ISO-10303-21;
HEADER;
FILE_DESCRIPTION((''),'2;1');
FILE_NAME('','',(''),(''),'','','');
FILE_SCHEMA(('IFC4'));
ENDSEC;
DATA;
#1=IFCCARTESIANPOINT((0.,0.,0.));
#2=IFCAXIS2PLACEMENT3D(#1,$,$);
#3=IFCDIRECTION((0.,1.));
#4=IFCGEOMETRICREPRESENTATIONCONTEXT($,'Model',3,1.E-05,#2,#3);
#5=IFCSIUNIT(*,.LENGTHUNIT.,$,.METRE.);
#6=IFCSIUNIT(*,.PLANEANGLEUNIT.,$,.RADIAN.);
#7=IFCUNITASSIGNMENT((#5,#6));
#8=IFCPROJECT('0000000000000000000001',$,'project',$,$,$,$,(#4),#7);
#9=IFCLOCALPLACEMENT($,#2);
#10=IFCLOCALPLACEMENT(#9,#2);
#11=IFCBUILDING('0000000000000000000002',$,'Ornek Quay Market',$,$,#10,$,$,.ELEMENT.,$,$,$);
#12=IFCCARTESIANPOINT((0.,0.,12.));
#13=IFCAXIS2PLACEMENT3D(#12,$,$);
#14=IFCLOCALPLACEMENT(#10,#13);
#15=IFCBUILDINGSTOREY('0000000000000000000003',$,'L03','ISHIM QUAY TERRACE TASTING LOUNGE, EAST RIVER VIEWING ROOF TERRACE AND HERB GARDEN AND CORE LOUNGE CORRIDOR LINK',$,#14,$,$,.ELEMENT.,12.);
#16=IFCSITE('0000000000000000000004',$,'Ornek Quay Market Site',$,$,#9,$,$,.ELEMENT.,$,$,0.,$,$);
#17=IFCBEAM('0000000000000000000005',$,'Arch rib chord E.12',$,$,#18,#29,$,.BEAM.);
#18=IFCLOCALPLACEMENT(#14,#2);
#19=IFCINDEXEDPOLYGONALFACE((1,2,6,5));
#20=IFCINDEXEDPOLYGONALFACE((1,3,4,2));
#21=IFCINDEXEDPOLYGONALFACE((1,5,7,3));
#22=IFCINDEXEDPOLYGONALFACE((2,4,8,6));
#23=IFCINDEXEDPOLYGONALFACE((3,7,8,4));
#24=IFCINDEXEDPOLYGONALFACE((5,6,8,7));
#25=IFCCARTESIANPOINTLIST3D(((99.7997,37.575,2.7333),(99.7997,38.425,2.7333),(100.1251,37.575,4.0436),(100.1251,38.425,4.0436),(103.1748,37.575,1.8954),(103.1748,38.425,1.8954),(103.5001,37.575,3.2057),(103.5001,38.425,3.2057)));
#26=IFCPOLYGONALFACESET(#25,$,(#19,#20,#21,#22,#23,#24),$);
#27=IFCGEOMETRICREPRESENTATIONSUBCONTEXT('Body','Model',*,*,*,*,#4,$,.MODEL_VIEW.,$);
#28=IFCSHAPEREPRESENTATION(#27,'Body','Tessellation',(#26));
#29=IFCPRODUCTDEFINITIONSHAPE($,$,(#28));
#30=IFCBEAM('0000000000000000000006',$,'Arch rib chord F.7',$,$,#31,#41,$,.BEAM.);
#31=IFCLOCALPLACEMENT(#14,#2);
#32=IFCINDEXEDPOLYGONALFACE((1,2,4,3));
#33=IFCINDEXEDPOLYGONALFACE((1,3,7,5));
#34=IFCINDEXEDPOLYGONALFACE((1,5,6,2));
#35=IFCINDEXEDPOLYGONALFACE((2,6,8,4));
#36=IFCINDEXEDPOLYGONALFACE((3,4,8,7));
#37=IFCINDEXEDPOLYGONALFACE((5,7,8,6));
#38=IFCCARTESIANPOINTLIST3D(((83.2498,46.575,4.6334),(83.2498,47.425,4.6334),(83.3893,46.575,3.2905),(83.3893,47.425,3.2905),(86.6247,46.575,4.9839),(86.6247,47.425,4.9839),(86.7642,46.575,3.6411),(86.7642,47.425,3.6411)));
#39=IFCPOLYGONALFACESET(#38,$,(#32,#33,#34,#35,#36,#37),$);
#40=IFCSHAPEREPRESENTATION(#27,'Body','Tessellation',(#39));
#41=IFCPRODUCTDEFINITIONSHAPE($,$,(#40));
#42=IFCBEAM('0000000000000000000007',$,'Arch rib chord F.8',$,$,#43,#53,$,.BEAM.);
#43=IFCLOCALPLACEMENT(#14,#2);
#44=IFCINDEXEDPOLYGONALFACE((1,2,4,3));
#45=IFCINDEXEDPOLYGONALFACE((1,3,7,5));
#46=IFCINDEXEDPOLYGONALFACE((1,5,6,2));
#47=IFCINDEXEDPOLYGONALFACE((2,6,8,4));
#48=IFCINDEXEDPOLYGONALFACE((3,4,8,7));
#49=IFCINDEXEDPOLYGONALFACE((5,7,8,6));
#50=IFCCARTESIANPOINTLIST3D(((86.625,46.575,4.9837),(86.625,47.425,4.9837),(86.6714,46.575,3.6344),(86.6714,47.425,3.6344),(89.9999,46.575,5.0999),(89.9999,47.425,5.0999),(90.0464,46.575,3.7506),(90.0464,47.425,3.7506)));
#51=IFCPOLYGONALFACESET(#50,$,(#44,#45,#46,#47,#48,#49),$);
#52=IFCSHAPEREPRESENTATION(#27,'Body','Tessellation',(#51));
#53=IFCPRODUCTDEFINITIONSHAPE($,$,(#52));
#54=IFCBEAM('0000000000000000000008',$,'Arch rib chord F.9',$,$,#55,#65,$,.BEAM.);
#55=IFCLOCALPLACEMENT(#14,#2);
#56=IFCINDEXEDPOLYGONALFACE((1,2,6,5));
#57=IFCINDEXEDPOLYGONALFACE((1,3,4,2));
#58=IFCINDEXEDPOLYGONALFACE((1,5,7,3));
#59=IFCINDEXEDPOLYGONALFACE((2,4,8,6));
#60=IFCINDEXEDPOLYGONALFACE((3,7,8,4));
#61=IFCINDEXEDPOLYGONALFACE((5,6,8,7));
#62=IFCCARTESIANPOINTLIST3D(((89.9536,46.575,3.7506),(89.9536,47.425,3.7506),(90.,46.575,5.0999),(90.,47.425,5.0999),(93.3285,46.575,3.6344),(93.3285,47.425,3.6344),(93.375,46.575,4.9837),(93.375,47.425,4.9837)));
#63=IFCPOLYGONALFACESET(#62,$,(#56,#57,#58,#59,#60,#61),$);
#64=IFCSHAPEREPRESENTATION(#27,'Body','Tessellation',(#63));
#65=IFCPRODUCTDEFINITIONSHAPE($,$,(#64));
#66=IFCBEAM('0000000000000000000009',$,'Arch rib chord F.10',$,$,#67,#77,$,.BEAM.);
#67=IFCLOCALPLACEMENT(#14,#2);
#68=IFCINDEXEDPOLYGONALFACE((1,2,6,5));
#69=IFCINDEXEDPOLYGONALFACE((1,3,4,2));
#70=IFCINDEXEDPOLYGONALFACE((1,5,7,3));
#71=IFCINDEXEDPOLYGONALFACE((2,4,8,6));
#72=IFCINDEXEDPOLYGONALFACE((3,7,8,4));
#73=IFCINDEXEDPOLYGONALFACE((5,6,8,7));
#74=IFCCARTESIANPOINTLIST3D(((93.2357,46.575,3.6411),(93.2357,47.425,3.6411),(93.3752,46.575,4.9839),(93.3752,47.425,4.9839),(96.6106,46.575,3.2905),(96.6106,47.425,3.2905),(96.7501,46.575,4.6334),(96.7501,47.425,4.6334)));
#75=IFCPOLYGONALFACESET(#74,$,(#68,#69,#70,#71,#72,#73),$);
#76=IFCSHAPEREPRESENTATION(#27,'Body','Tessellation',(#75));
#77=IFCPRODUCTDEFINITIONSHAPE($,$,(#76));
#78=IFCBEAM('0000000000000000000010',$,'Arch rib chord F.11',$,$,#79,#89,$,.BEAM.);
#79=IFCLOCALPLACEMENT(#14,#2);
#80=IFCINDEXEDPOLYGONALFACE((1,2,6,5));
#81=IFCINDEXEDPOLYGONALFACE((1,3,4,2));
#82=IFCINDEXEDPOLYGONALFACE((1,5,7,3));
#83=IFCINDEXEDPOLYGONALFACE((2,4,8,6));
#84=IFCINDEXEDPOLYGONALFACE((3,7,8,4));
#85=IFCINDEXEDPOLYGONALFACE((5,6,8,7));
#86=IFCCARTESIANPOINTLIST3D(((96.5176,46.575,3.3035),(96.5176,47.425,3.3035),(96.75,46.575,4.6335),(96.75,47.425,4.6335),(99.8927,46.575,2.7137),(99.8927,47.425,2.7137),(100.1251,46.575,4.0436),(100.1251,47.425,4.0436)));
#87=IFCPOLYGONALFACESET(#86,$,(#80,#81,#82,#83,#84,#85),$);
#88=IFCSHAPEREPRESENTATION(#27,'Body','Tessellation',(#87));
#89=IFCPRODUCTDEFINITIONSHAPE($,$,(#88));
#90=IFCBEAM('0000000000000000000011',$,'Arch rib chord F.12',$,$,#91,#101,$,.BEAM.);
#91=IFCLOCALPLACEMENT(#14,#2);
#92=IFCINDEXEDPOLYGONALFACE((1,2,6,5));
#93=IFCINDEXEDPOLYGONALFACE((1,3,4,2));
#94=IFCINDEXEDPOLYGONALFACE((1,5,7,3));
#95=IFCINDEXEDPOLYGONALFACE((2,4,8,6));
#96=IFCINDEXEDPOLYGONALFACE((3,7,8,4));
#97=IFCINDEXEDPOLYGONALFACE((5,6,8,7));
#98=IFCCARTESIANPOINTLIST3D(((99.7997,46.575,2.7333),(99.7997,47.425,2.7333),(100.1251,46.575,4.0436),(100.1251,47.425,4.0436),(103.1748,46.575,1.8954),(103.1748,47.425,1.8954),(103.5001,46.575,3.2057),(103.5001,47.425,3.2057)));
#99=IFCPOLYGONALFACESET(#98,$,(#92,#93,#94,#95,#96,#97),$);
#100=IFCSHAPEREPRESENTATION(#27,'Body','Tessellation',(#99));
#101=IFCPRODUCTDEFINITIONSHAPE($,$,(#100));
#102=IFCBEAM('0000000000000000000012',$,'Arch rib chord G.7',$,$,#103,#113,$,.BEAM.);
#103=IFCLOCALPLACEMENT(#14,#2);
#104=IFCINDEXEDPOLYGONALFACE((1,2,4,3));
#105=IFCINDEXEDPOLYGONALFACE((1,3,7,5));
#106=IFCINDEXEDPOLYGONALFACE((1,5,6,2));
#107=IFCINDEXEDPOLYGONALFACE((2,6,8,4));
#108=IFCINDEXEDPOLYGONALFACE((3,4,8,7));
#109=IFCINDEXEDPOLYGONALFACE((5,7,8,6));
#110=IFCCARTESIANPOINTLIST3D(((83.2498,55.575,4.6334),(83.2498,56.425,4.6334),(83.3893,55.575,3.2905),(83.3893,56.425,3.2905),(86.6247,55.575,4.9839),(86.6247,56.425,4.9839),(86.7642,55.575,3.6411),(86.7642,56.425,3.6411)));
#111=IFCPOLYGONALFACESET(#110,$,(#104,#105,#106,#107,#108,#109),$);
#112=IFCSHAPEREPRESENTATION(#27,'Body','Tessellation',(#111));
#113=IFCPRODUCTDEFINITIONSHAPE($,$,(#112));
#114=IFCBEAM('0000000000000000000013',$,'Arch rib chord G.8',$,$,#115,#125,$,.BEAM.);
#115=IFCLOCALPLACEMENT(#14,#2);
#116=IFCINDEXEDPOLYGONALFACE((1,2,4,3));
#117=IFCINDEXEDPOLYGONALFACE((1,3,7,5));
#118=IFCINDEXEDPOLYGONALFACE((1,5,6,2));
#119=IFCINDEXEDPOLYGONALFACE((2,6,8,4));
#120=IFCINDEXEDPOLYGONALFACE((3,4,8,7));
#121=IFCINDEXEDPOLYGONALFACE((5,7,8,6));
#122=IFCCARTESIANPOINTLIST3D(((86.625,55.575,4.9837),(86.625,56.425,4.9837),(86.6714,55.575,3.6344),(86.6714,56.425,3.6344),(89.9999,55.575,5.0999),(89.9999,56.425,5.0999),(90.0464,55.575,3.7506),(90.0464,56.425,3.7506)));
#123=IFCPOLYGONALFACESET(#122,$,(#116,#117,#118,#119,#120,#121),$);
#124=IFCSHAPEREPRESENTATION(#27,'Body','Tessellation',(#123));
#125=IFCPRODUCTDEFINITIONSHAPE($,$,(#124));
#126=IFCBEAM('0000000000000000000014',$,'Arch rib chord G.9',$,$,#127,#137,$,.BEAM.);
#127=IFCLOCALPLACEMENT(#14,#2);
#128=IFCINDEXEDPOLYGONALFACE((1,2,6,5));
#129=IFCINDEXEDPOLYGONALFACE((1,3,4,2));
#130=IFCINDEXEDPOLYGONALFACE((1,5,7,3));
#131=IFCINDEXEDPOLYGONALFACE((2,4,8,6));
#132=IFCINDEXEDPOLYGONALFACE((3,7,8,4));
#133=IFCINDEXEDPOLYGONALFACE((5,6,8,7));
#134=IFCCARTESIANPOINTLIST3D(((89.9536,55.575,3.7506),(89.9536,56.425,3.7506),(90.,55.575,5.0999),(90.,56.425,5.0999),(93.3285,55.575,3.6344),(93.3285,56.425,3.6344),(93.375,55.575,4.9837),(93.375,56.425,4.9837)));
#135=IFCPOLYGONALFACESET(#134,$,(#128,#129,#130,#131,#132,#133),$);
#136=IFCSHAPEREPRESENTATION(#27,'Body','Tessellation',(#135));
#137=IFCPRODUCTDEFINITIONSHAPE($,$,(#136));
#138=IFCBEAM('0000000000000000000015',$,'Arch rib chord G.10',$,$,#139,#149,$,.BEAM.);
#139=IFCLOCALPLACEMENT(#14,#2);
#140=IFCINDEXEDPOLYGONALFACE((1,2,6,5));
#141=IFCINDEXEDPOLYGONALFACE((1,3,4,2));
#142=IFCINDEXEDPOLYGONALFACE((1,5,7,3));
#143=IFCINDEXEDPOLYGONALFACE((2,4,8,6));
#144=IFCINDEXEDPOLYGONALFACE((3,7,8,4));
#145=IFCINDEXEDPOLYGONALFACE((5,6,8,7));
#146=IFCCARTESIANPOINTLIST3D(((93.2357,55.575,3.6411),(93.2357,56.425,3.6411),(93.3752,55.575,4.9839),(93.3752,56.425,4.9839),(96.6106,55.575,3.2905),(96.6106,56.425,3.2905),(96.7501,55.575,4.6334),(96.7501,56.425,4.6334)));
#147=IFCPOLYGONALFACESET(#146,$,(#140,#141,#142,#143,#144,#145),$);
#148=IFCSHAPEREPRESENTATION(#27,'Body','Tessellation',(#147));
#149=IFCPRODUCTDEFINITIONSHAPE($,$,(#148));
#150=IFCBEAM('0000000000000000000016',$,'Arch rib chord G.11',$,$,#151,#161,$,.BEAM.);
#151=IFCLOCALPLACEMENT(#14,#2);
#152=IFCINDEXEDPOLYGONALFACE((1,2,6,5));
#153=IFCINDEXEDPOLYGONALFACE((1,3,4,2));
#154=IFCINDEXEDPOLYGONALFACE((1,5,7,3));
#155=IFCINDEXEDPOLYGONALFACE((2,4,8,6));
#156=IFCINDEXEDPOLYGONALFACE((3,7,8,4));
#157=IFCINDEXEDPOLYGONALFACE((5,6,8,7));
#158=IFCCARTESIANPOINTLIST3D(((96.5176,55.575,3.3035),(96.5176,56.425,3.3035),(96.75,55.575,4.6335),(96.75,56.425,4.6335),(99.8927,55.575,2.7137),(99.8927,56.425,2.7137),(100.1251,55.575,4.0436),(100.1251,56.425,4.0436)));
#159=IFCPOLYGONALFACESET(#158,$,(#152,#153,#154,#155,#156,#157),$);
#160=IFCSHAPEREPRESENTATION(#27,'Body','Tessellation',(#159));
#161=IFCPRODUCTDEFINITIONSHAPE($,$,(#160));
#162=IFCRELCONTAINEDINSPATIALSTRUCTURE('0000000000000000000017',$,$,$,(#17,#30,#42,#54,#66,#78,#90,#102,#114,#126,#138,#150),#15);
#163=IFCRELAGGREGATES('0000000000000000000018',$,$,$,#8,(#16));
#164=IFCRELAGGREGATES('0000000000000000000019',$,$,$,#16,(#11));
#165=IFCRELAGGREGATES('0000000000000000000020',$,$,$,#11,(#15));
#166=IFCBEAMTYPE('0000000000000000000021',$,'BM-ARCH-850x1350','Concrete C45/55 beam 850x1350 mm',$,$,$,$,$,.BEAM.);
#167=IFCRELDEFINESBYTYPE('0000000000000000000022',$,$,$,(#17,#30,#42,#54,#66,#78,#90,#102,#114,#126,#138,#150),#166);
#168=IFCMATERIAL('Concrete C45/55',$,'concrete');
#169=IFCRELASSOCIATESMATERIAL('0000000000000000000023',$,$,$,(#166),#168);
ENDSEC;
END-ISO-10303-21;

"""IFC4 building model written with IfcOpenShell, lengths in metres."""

from ifc_helpers import new_model, si_unit, direction, frame, origin, origin_2d, place, context, subcontext, project, spatial, rectangle, extrude, material, material_profile, profile_set, type_object, element, save


model = new_model("IFC4")

# Units and contexts
model_context = context("Model", 3, precision=1e-05, world=origin(), true_north=direction((0.0, 1.0)))
body_context = subcontext(model_context, "Body", "Model", "MODEL_VIEW")
ifc_project = project(units=[si_unit("LENGTHUNIT", "METRE"), si_unit("PLANEANGLEUNIT", "RADIAN")], contexts=[model_context])

# Site, building, storey
site_placement = place(None, origin())
site = spatial("IfcSite", under=ifc_project, at=site_placement, Name="Ornek Quay Market Site", CompositionType="ELEMENT", RefElevation=0.0)
building_placement = place(site_placement, origin())
building = spatial("IfcBuilding", under=site, at=building_placement, Name="Ornek Quay Market", CompositionType="ELEMENT")
storey_placement = place(building_placement, frame((0.0, 0.0, 12.0)))
storey = spatial("IfcBuildingStorey", under=building, at=storey_placement, Name="L03", Description="ISHIM QUAY TERRACE TASTING LOUNGE, EAST RIVER VIEWING ROOF TERRACE AND HERB GARDEN AND CORE LOUNGE CORRIDOR LINK", CompositionType="ELEMENT", Elevation=12.0)

# Beams
ifc_material_1 = material(Name="Concrete C45/55", Category="concrete")
ifc_material_profile_1 = material_profile(ifc_material_1, rectangle(XDim=0.8501, YDim=1.3501, at=origin_2d()), Name="RC 850x1350", Category="concrete")
ifc_profile_set_1 = profile_set([ifc_material_profile_1], Name="Concrete C45/55")
beam_type_1 = type_object("IfcBeamType", Name="BM-ARCH-850x1350", Description="Concrete C45/55 beam 850x1350 mm", PredefinedType="BEAM", material=ifc_profile_set_1)
beam_1_placement = place(storey_placement, frame((99.9624, 38.0, 3.3884), z_axis=(0.970538, 0.0, -0.240949), x_axis=(0.0, 1.0, 0.0)))
element("IfcBeam", 1, at=beam_1_placement, inside=storey, type_object=beam_type_1, Name="Arch rib chord E.12", PredefinedType="BEAM", context=body_context, shape_type="SweptSolid", body=[
    extrude(rectangle(XDim=0.8501, YDim=1.3501, at=origin_2d()), origin(), (0.0, 0.0, 1.0), 3.4775),
])
beam_2_placement = place(storey_placement, frame((83.3196, 47.0, 3.9619), z_axis=(0.994648, 0.0, 0.103321), x_axis=(0.0, 1.0, 0.0)))
element("IfcBeam", 2, at=beam_2_placement, inside=storey, type_object=beam_type_1, Name="Arch rib chord F.7", PredefinedType="BEAM", context=body_context, shape_type="SweptSolid", body=[
    extrude(rectangle(XDim=0.8501, YDim=1.3501, at=origin_2d()), origin(), (0.0, 0.0, 1.0), 3.3931),
])
for number, where, z_axis, x_axis, name in (
    (3, (86.6482, 47.0, 4.3091), (0.999408, 0.0, 0.034412), (0.0, 1.0, 0.0), "Arch rib chord F.8"),
    (4, (89.9768, 47.0, 4.4253), (0.999408, 0.0, -0.034412), (0.0, 1.0, 0.0), "Arch rib chord F.9"),
):
    element("IfcBeam", number, at=place(storey_placement, frame(where, z_axis=z_axis, x_axis=x_axis)), inside=storey, type_object=beam_type_1, Name=name, PredefinedType="BEAM", context=body_context, shape_type="SweptSolid", body=[
        extrude(rectangle(XDim=0.8501, YDim=1.3501, at=origin_2d()), origin(), (0.0, 0.0, 1.0), 3.377),
    ])
beam_3_placement = place(storey_placement, frame((93.3054, 47.0, 4.3125), z_axis=(0.994648, 0.0, -0.103321), x_axis=(0.0, 1.0, 0.0)))
element("IfcBeam", 5, at=beam_3_placement, inside=storey, type_object=beam_type_1, Name="Arch rib chord F.10", PredefinedType="BEAM", context=body_context, shape_type="SweptSolid", body=[
    extrude(rectangle(XDim=0.8501, YDim=1.3501, at=origin_2d()), origin(), (0.0, 0.0, 1.0), 3.3931),
])
beam_4_placement = place(storey_placement, frame((96.6338, 47.0, 3.9685), z_axis=(0.985069, 0.0, -0.172159), x_axis=(0.0, 1.0, 0.0)))
element("IfcBeam", 6, at=beam_4_placement, inside=storey, type_object=beam_type_1, Name="Arch rib chord F.11", PredefinedType="BEAM", context=body_context, shape_type="SweptSolid", body=[
    extrude(rectangle(XDim=0.8501, YDim=1.3501, at=origin_2d()), origin(), (0.0, 0.0, 1.0), 3.4263),
])
beam_5_placement = place(storey_placement, frame((99.9624, 47.0, 3.3884), z_axis=(0.970538, 0.0, -0.240949), x_axis=(0.0, 1.0, 0.0)))
element("IfcBeam", 7, at=beam_5_placement, inside=storey, type_object=beam_type_1, Name="Arch rib chord F.12", PredefinedType="BEAM", context=body_context, shape_type="SweptSolid", body=[
    extrude(rectangle(XDim=0.8501, YDim=1.3501, at=origin_2d()), origin(), (0.0, 0.0, 1.0), 3.4775),
])
beam_6_placement = place(storey_placement, frame((83.3196, 56.0, 3.9619), z_axis=(0.994648, 0.0, 0.103321), x_axis=(0.0, 1.0, 0.0)))
element("IfcBeam", 8, at=beam_6_placement, inside=storey, type_object=beam_type_1, Name="Arch rib chord G.7", PredefinedType="BEAM", context=body_context, shape_type="SweptSolid", body=[
    extrude(rectangle(XDim=0.8501, YDim=1.3501, at=origin_2d()), origin(), (0.0, 0.0, 1.0), 3.3931),
])
for number, where, z_axis, x_axis, name in (
    (9, (86.6482, 56.0, 4.3091), (0.999408, 0.0, 0.034412), (0.0, 1.0, 0.0), "Arch rib chord G.8"),
    (10, (89.9768, 56.0, 4.4253), (0.999408, 0.0, -0.034412), (0.0, 1.0, 0.0), "Arch rib chord G.9"),
):
    element("IfcBeam", number, at=place(storey_placement, frame(where, z_axis=z_axis, x_axis=x_axis)), inside=storey, type_object=beam_type_1, Name=name, PredefinedType="BEAM", context=body_context, shape_type="SweptSolid", body=[
        extrude(rectangle(XDim=0.8501, YDim=1.3501, at=origin_2d()), origin(), (0.0, 0.0, 1.0), 3.377),
    ])
beam_7_placement = place(storey_placement, frame((93.3054, 56.0, 4.3125), z_axis=(0.994648, 0.0, -0.103321), x_axis=(0.0, 1.0, 0.0)))
element("IfcBeam", 11, at=beam_7_placement, inside=storey, type_object=beam_type_1, Name="Arch rib chord G.10", PredefinedType="BEAM", context=body_context, shape_type="SweptSolid", body=[
    extrude(rectangle(XDim=0.8501, YDim=1.3501, at=origin_2d()), origin(), (0.0, 0.0, 1.0), 3.3931),
])
beam_8_placement = place(storey_placement, frame((96.6338, 56.0, 3.9685), z_axis=(0.985069, 0.0, -0.172159), x_axis=(0.0, 1.0, 0.0)))
element("IfcBeam", 12, at=beam_8_placement, inside=storey, type_object=beam_type_1, Name="Arch rib chord G.11", PredefinedType="BEAM", context=body_context, shape_type="SweptSolid", body=[
    extrude(rectangle(XDim=0.8501, YDim=1.3501, at=origin_2d()), origin(), (0.0, 0.0, 1.0), 3.4263),
])

save(model, "model.ifc")
